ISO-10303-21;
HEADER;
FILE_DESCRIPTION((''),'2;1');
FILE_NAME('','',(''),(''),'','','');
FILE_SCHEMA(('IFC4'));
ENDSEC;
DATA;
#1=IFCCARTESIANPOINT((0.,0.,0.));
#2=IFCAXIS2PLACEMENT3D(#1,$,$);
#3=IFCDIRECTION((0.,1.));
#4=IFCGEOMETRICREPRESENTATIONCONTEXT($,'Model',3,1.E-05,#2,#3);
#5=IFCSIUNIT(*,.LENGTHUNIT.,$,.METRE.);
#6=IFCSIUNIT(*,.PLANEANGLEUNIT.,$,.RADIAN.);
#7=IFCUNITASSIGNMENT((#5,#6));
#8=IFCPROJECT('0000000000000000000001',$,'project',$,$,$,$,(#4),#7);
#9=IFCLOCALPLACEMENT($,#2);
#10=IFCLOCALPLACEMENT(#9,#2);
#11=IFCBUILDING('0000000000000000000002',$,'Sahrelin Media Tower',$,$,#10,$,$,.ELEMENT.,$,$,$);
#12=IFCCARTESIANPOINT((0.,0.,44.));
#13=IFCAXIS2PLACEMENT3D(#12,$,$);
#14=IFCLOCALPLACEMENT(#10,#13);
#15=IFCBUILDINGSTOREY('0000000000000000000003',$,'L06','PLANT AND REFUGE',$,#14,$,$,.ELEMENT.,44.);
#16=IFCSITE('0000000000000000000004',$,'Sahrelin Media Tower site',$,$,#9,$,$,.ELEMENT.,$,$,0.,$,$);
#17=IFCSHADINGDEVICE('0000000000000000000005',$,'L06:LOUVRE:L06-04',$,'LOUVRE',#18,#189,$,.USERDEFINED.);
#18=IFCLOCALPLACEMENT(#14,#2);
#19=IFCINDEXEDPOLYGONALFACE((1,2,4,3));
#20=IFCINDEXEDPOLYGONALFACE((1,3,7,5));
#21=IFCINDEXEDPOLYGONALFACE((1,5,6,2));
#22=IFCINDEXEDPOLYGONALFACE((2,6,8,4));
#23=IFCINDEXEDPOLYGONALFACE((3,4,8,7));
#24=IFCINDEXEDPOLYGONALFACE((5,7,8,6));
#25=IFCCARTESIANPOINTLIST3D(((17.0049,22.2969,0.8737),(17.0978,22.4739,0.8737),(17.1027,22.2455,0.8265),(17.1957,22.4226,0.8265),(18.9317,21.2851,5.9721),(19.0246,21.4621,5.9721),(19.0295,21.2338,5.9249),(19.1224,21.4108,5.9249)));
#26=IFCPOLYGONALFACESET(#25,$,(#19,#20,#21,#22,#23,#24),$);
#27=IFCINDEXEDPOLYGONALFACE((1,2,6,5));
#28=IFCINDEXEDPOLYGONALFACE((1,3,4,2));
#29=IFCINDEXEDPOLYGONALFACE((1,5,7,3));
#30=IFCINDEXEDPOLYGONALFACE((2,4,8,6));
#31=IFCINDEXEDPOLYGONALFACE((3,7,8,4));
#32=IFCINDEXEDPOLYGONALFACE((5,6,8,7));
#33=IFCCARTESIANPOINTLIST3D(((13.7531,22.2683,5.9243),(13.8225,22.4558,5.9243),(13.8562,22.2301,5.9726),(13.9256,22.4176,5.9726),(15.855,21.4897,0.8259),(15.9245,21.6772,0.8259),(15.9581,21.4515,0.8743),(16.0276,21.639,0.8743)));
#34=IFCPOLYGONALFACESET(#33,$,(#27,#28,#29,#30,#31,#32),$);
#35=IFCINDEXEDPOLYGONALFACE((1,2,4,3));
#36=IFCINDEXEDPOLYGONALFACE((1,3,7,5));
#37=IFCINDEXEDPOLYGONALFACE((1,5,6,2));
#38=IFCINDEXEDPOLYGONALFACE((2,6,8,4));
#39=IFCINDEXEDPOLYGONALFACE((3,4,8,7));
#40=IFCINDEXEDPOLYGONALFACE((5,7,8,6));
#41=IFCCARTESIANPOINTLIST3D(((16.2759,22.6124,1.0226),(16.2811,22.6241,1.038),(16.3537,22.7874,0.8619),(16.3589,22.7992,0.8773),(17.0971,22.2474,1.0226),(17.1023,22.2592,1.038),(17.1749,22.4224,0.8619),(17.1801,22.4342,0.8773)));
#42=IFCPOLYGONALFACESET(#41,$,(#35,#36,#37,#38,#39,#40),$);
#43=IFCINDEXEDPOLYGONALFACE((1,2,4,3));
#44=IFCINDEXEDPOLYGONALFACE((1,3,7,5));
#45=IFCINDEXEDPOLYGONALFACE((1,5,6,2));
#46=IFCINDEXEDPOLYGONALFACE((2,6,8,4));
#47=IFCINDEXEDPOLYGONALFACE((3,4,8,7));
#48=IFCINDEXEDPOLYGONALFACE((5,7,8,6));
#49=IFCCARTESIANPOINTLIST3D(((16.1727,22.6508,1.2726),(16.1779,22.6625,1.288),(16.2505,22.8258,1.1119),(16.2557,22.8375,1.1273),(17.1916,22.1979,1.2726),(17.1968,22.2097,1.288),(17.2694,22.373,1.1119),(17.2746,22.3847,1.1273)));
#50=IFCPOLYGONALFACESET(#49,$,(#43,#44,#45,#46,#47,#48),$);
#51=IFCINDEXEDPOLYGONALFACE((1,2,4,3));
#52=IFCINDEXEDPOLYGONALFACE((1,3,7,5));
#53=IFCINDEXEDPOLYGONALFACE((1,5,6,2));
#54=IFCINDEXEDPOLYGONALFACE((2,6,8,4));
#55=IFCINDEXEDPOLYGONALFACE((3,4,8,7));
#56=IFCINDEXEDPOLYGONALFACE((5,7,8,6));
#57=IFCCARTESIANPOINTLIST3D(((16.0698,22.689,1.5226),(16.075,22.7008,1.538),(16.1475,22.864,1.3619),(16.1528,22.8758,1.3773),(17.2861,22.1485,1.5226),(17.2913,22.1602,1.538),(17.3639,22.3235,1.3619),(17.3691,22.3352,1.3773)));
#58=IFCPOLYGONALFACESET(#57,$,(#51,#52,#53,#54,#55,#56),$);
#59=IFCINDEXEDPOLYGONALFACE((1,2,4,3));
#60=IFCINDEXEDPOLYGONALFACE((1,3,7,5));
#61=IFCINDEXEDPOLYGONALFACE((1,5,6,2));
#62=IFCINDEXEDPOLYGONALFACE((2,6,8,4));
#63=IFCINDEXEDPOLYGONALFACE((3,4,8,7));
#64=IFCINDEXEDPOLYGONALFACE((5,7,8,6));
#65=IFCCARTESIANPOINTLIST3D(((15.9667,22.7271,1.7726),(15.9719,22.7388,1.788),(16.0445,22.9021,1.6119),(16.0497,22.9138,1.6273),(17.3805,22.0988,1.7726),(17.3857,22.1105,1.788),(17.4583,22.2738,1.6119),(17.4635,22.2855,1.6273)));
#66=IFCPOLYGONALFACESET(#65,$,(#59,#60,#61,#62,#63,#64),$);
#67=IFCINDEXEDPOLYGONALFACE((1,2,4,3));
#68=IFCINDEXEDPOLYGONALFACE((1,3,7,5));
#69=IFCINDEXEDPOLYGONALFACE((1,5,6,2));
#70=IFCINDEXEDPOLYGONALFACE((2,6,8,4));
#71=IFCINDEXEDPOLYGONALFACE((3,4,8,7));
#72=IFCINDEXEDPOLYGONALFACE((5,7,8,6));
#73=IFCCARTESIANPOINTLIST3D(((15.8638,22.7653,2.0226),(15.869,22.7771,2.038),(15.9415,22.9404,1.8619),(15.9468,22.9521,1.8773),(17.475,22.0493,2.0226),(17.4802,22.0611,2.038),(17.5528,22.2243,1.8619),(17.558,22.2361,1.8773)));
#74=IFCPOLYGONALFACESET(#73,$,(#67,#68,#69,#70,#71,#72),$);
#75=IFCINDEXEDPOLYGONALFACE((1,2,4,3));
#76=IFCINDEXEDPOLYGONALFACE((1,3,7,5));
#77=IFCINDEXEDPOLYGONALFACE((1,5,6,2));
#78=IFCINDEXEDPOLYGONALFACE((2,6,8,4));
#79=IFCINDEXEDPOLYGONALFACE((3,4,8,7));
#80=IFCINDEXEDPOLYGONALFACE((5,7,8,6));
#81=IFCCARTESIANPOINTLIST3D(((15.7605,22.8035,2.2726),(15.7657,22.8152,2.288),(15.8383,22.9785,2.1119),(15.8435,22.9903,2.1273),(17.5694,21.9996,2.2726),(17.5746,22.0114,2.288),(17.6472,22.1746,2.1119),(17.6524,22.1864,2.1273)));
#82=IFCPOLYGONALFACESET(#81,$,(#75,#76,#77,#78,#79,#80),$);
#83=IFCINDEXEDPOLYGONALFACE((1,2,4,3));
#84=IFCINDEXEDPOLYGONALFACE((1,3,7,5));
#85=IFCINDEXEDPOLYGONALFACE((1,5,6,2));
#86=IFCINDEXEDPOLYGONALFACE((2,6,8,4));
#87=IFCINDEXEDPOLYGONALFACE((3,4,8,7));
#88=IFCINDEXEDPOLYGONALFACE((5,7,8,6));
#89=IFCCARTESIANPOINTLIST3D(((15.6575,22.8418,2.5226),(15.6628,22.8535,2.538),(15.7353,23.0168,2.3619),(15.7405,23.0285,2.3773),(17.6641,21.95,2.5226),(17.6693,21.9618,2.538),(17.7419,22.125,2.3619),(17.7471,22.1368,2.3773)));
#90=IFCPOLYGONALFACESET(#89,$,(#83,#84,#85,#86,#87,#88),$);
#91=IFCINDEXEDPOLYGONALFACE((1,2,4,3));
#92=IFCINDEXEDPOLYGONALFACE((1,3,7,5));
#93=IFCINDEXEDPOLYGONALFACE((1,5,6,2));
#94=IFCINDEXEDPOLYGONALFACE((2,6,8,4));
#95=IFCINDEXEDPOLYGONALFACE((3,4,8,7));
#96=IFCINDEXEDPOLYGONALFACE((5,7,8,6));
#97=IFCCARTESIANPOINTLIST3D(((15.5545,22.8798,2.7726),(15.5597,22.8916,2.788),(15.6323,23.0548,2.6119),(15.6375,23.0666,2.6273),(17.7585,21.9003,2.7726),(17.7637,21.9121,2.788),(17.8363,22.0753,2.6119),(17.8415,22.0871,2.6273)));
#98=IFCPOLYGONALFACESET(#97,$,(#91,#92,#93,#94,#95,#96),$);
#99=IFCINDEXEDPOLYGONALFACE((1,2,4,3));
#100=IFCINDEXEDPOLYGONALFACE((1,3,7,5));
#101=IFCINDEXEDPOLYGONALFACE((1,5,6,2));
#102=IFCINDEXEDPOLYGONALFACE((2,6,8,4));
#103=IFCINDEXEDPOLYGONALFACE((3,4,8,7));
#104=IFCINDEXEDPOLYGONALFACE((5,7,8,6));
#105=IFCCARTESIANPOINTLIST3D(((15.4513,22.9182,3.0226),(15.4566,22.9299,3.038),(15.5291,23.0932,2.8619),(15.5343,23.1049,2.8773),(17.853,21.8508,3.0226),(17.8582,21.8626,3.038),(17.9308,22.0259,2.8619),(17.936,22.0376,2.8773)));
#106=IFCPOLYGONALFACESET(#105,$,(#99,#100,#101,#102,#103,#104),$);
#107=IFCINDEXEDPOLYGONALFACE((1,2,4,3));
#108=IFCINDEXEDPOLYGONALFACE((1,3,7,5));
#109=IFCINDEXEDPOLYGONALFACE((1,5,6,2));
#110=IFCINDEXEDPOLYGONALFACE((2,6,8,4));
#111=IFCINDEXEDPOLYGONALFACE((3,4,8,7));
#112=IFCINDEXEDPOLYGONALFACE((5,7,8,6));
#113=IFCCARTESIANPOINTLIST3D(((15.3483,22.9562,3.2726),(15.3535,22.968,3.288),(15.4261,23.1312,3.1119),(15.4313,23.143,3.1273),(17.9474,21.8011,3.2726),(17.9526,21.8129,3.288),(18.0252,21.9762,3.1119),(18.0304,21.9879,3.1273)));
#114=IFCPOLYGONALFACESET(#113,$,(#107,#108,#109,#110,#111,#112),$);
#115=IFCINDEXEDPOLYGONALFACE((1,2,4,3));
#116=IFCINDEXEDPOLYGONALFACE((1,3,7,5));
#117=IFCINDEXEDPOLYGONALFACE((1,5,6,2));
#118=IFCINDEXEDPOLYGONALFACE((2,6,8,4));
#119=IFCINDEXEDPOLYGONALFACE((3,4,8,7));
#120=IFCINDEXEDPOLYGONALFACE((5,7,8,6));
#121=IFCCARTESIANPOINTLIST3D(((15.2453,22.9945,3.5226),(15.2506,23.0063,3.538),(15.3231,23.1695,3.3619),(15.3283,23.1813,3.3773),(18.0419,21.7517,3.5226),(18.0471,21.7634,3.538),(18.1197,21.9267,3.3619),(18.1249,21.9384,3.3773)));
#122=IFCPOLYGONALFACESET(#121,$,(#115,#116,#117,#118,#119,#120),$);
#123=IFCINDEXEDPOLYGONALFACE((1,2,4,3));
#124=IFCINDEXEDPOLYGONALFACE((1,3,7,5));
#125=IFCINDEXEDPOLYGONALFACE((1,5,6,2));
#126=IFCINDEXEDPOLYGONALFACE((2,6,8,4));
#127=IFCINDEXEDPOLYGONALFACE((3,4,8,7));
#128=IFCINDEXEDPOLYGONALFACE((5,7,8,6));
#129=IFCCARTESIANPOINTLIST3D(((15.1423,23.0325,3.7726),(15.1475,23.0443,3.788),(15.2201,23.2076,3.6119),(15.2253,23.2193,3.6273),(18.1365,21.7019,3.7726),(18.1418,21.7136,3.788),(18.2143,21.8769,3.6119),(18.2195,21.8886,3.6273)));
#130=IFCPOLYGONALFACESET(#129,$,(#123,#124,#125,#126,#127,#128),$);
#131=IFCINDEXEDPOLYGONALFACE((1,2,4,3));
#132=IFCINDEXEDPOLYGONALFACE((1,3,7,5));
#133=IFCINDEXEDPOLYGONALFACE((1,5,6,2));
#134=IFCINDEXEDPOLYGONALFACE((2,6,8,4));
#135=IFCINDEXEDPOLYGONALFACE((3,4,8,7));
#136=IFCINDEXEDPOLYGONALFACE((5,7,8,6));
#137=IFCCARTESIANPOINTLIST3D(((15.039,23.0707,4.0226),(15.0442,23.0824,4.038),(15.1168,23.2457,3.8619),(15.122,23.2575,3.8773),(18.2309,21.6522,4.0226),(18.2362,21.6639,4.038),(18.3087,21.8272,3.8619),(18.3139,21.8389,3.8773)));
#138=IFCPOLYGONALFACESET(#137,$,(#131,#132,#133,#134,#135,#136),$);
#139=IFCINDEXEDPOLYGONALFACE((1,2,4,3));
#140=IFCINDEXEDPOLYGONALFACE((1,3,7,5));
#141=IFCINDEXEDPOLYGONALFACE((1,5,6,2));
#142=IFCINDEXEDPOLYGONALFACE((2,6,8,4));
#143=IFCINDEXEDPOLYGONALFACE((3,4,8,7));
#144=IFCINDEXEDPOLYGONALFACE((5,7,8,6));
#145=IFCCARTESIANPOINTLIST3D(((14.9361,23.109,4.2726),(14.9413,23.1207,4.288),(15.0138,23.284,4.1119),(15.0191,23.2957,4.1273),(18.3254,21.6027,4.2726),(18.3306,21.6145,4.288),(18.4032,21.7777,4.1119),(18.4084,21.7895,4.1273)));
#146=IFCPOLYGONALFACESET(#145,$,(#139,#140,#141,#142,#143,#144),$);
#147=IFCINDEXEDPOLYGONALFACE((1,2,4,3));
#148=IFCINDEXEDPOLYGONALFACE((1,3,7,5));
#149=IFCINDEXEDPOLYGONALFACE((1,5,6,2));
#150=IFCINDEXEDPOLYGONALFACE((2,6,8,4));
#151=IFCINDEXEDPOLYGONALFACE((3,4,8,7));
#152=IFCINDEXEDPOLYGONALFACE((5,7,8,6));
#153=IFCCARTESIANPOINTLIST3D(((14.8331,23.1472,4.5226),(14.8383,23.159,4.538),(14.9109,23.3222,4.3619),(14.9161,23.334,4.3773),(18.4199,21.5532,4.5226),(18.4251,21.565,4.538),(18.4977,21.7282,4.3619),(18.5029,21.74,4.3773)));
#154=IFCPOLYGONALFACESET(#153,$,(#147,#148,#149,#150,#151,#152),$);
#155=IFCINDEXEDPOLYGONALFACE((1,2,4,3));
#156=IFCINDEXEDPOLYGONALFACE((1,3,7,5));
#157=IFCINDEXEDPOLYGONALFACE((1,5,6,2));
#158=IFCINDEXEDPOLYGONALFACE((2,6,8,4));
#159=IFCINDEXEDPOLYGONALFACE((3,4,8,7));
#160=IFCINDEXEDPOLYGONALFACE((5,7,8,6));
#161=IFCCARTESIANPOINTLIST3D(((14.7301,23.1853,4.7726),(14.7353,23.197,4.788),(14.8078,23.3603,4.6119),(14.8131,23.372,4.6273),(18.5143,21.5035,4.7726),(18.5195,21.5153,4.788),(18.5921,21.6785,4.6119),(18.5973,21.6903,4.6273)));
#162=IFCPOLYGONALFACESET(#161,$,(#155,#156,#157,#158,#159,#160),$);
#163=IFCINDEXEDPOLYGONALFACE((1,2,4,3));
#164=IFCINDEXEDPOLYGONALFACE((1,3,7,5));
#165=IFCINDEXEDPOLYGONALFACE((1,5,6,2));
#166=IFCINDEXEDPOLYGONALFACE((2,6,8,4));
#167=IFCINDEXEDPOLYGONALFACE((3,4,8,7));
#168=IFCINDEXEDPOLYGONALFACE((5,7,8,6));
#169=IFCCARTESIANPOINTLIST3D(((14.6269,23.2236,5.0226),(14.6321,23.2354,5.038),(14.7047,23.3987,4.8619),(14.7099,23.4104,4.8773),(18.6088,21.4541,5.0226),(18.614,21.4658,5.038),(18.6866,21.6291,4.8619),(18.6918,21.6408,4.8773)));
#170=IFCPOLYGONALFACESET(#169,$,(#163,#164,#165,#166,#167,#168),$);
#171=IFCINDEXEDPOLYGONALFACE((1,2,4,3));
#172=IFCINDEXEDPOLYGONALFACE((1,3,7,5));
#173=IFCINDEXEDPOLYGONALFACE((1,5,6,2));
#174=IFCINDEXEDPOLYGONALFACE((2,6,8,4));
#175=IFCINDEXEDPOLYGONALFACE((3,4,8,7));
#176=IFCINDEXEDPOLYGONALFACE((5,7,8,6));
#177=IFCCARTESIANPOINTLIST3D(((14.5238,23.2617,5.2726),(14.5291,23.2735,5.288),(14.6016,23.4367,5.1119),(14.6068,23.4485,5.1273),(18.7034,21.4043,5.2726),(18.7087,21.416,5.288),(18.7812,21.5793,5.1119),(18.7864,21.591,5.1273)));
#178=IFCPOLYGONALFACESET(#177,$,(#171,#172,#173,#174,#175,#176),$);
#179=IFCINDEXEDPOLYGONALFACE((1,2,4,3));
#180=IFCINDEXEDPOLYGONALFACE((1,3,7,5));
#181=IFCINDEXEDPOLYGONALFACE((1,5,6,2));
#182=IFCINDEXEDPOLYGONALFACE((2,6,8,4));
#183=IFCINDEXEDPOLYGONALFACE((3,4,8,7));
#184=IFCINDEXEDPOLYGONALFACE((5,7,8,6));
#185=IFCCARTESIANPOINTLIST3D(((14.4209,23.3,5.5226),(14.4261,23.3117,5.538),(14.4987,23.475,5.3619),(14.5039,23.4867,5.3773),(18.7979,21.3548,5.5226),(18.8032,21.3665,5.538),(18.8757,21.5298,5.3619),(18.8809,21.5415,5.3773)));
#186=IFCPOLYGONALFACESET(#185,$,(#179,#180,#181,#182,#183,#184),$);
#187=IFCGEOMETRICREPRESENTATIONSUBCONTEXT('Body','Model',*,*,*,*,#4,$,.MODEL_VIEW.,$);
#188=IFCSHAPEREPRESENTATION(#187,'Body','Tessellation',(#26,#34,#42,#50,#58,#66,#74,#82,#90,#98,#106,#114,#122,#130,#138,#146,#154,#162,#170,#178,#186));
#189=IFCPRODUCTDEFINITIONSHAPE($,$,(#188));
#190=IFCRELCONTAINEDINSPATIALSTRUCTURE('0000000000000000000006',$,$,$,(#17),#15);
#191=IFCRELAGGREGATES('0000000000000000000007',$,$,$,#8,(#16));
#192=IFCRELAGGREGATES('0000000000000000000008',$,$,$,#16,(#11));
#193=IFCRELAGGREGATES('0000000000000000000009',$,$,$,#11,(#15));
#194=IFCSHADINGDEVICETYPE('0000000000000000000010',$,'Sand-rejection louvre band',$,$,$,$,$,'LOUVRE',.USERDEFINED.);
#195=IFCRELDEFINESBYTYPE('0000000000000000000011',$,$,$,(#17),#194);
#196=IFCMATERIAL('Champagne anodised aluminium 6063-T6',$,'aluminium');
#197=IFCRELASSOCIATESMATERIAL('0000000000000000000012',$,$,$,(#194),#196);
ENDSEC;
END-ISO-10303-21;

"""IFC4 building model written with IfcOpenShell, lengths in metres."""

from ifc_helpers import new_model, si_unit, direction, frame, origin, origin_2d, place, context, subcontext, project, spatial, rectangle, extrude, material, type_object, element, save


model = new_model("IFC4")

# Units and contexts
model_context = context("Model", 3, precision=1e-05, world=origin(), true_north=direction((0.0, 1.0)))
body_context = subcontext(model_context, "Body", "Model", "MODEL_VIEW")
ifc_project = project(units=[si_unit("LENGTHUNIT", "METRE"), si_unit("PLANEANGLEUNIT", "RADIAN")], contexts=[model_context])

# Site, building, storey
site_placement = place(None, origin())
site = spatial("IfcSite", under=ifc_project, at=site_placement, Name="Sahrelin Media Tower site", CompositionType="ELEMENT", RefElevation=0.0)
building_placement = place(site_placement, origin())
building = spatial("IfcBuilding", under=site, at=building_placement, Name="Sahrelin Media Tower", CompositionType="ELEMENT")
storey_placement = place(building_placement, frame((0.0, 0.0, 44.0)))
storey = spatial("IfcBuildingStorey", under=building, at=storey_placement, Name="L06", Description="PLANT AND REFUGE", CompositionType="ELEMENT", Elevation=44.0)

# Shading device
ifc_material_1 = material(Name="Champagne anodised aluminium 6063-T6", Category="aluminium")
shading_device_type = type_object("IfcShadingDeviceType", Name="Sand-rejection louvre band", ElementType="LOUVRE", PredefinedType="USERDEFINED", material=ifc_material_1)
shading_device_1_placement = place(storey_placement, frame((16.4807, 22.0056, 0.0), z_axis=(0.0, 0.0, 1.0), x_axis=(0.913824, -0.406111, 0.0)))
element("IfcShadingDevice", 1, at=shading_device_1_placement, inside=storey, type_object=shading_device_type, Name="L06:LOUVRE:L06-04", ObjectType="LOUVRE", PredefinedType="USERDEFINED", context=body_context, shape_type="SweptSolid", body=[
    extrude(rectangle(XDim=0.2, YDim=0.1201, at=origin_2d()), frame((0.4224, 0.5752, 0.8501), z_axis=(0.391748, -0.025632, 0.919716), x_axis=(0.06529, 0.997866, 0.0)), (0.0, 0.0, 1.0), 5.5435),
    extrude(rectangle(XDim=0.2, YDim=0.1201, at=origin_2d()), frame((-0.3137, -0.6223, 0.8501), z_axis=(-0.40167, -0.025513, 0.915429), x_axis=(0.063389, -0.997989, 0.0)), (0.0, 0.0, 1.0), 5.5693),
    extrude(rectangle(XDim=0.25, YDim=0.02, at=origin_2d()), frame((0.4651, 0.5735, 0.95), z_axis=(-1.0, 0.0, 0.0), x_axis=(0.0, -0.766044, 0.642788)), (0.0, 0.0, 1.0), 0.8987),
    extrude(rectangle(XDim=0.25, YDim=0.02, at=origin_2d()), frame((0.5715, 0.5667, 1.2), z_axis=(-1.0, 0.0, 0.0), x_axis=(0.0, -0.766044, 0.642788)), (0.0, 0.0, 1.0), 1.115),
    extrude(rectangle(XDim=0.25, YDim=0.02, at=origin_2d()), frame((0.678, 0.5598, 1.45), z_axis=(-1.0, 0.0, 0.0), x_axis=(0.0, -0.766044, 0.642788)), (0.0, 0.0, 1.0), 1.3311),
    extrude(rectangle(XDim=0.25, YDim=0.02, at=origin_2d()), frame((0.7844, 0.5527, 1.7), z_axis=(-1.0, 0.0, 0.0), x_axis=(0.0, -0.766044, 0.642788)), (0.0, 0.0, 1.0), 1.5471),
    extrude(rectangle(XDim=0.25, YDim=0.02, at=origin_2d()), frame((0.8909, 0.5459, 1.95), z_axis=(-1.0, 0.0, 0.0), x_axis=(0.0, -0.766044, 0.642788)), (0.0, 0.0, 1.0), 1.7632),
    extrude(rectangle(XDim=0.25, YDim=0.02, at=origin_2d()), frame((0.9973, 0.5388, 2.2), z_axis=(-1.0, 0.0, 0.0), x_axis=(0.0, -0.766044, 0.642788)), (0.0, 0.0, 1.0), 1.9795),
    extrude(rectangle(XDim=0.25, YDim=0.02, at=origin_2d()), frame((1.104, 0.532, 2.45), z_axis=(-1.0, 0.0, 0.0), x_axis=(0.0, -0.766044, 0.642788)), (0.0, 0.0, 1.0), 2.1958),
    extrude(rectangle(XDim=0.25, YDim=0.02, at=origin_2d()), frame((1.2104, 0.5249, 2.7), z_axis=(-1.0, 0.0, 0.0), x_axis=(0.0, -0.766044, 0.642788)), (0.0, 0.0, 1.0), 2.4119),
    extrude(rectangle(XDim=0.25, YDim=0.02, at=origin_2d()), frame((1.3169, 0.5181, 2.95), z_axis=(-1.0, 0.0, 0.0), x_axis=(0.0, -0.766044, 0.642788)), (0.0, 0.0, 1.0), 2.6282),
    extrude(rectangle(XDim=0.25, YDim=0.02, at=origin_2d()), frame((1.4233, 0.511, 3.2), z_axis=(-1.0, 0.0, 0.0), x_axis=(0.0, -0.766044, 0.642788)), (0.0, 0.0, 1.0), 2.8442),
    extrude(rectangle(XDim=0.25, YDim=0.02, at=origin_2d()), frame((1.5298, 0.5042, 3.45), z_axis=(-1.0, 0.0, 0.0), x_axis=(0.0, -0.766044, 0.642788)), (0.0, 0.0, 1.0), 3.0603),
    extrude(rectangle(XDim=0.25, YDim=0.02, at=origin_2d()), frame((1.6365, 0.4971, 3.7), z_axis=(-1.0, 0.0, 0.0), x_axis=(0.0, -0.766044, 0.642788)), (0.0, 0.0, 1.0), 3.2766),
    extrude(rectangle(XDim=0.25, YDim=0.02, at=origin_2d()), frame((1.7429, 0.49, 3.95), z_axis=(-1.0, 0.0, 0.0), x_axis=(0.0, -0.766044, 0.642788)), (0.0, 0.0, 1.0), 3.4929),
    extrude(rectangle(XDim=0.25, YDim=0.02, at=origin_2d()), frame((1.8494, 0.4832, 4.2), z_axis=(-1.0, 0.0, 0.0), x_axis=(0.0, -0.766044, 0.642788)), (0.0, 0.0, 1.0), 3.709),
    extrude(rectangle(XDim=0.25, YDim=0.02, at=origin_2d()), frame((1.9558, 0.4763, 4.45), z_axis=(-1.0, 0.0, 0.0), x_axis=(0.0, -0.766044, 0.642788)), (0.0, 0.0, 1.0), 3.925),
    extrude(rectangle(XDim=0.25, YDim=0.02, at=origin_2d()), frame((2.0623, 0.4692, 4.7), z_axis=(-1.0, 0.0, 0.0), x_axis=(0.0, -0.766044, 0.642788)), (0.0, 0.0, 1.0), 4.1411),
    extrude(rectangle(XDim=0.25, YDim=0.02, at=origin_2d()), frame((2.1687, 0.4624, 4.95), z_axis=(-1.0, 0.0, 0.0), x_axis=(0.0, -0.766044, 0.642788)), (0.0, 0.0, 1.0), 4.3574),
    extrude(rectangle(XDim=0.25, YDim=0.02, at=origin_2d()), frame((2.2754, 0.4553, 5.2), z_axis=(-1.0, 0.0, 0.0), x_axis=(0.0, -0.766044, 0.642788)), (0.0, 0.0, 1.0), 4.5737),
    extrude(rectangle(XDim=0.25, YDim=0.02, at=origin_2d()), frame((2.3818, 0.4485, 5.45), z_axis=(-1.0, 0.0, 0.0), x_axis=(0.0, -0.766044, 0.642788)), (0.0, 0.0, 1.0), 4.7898),
])

save(model, "model.ifc")
